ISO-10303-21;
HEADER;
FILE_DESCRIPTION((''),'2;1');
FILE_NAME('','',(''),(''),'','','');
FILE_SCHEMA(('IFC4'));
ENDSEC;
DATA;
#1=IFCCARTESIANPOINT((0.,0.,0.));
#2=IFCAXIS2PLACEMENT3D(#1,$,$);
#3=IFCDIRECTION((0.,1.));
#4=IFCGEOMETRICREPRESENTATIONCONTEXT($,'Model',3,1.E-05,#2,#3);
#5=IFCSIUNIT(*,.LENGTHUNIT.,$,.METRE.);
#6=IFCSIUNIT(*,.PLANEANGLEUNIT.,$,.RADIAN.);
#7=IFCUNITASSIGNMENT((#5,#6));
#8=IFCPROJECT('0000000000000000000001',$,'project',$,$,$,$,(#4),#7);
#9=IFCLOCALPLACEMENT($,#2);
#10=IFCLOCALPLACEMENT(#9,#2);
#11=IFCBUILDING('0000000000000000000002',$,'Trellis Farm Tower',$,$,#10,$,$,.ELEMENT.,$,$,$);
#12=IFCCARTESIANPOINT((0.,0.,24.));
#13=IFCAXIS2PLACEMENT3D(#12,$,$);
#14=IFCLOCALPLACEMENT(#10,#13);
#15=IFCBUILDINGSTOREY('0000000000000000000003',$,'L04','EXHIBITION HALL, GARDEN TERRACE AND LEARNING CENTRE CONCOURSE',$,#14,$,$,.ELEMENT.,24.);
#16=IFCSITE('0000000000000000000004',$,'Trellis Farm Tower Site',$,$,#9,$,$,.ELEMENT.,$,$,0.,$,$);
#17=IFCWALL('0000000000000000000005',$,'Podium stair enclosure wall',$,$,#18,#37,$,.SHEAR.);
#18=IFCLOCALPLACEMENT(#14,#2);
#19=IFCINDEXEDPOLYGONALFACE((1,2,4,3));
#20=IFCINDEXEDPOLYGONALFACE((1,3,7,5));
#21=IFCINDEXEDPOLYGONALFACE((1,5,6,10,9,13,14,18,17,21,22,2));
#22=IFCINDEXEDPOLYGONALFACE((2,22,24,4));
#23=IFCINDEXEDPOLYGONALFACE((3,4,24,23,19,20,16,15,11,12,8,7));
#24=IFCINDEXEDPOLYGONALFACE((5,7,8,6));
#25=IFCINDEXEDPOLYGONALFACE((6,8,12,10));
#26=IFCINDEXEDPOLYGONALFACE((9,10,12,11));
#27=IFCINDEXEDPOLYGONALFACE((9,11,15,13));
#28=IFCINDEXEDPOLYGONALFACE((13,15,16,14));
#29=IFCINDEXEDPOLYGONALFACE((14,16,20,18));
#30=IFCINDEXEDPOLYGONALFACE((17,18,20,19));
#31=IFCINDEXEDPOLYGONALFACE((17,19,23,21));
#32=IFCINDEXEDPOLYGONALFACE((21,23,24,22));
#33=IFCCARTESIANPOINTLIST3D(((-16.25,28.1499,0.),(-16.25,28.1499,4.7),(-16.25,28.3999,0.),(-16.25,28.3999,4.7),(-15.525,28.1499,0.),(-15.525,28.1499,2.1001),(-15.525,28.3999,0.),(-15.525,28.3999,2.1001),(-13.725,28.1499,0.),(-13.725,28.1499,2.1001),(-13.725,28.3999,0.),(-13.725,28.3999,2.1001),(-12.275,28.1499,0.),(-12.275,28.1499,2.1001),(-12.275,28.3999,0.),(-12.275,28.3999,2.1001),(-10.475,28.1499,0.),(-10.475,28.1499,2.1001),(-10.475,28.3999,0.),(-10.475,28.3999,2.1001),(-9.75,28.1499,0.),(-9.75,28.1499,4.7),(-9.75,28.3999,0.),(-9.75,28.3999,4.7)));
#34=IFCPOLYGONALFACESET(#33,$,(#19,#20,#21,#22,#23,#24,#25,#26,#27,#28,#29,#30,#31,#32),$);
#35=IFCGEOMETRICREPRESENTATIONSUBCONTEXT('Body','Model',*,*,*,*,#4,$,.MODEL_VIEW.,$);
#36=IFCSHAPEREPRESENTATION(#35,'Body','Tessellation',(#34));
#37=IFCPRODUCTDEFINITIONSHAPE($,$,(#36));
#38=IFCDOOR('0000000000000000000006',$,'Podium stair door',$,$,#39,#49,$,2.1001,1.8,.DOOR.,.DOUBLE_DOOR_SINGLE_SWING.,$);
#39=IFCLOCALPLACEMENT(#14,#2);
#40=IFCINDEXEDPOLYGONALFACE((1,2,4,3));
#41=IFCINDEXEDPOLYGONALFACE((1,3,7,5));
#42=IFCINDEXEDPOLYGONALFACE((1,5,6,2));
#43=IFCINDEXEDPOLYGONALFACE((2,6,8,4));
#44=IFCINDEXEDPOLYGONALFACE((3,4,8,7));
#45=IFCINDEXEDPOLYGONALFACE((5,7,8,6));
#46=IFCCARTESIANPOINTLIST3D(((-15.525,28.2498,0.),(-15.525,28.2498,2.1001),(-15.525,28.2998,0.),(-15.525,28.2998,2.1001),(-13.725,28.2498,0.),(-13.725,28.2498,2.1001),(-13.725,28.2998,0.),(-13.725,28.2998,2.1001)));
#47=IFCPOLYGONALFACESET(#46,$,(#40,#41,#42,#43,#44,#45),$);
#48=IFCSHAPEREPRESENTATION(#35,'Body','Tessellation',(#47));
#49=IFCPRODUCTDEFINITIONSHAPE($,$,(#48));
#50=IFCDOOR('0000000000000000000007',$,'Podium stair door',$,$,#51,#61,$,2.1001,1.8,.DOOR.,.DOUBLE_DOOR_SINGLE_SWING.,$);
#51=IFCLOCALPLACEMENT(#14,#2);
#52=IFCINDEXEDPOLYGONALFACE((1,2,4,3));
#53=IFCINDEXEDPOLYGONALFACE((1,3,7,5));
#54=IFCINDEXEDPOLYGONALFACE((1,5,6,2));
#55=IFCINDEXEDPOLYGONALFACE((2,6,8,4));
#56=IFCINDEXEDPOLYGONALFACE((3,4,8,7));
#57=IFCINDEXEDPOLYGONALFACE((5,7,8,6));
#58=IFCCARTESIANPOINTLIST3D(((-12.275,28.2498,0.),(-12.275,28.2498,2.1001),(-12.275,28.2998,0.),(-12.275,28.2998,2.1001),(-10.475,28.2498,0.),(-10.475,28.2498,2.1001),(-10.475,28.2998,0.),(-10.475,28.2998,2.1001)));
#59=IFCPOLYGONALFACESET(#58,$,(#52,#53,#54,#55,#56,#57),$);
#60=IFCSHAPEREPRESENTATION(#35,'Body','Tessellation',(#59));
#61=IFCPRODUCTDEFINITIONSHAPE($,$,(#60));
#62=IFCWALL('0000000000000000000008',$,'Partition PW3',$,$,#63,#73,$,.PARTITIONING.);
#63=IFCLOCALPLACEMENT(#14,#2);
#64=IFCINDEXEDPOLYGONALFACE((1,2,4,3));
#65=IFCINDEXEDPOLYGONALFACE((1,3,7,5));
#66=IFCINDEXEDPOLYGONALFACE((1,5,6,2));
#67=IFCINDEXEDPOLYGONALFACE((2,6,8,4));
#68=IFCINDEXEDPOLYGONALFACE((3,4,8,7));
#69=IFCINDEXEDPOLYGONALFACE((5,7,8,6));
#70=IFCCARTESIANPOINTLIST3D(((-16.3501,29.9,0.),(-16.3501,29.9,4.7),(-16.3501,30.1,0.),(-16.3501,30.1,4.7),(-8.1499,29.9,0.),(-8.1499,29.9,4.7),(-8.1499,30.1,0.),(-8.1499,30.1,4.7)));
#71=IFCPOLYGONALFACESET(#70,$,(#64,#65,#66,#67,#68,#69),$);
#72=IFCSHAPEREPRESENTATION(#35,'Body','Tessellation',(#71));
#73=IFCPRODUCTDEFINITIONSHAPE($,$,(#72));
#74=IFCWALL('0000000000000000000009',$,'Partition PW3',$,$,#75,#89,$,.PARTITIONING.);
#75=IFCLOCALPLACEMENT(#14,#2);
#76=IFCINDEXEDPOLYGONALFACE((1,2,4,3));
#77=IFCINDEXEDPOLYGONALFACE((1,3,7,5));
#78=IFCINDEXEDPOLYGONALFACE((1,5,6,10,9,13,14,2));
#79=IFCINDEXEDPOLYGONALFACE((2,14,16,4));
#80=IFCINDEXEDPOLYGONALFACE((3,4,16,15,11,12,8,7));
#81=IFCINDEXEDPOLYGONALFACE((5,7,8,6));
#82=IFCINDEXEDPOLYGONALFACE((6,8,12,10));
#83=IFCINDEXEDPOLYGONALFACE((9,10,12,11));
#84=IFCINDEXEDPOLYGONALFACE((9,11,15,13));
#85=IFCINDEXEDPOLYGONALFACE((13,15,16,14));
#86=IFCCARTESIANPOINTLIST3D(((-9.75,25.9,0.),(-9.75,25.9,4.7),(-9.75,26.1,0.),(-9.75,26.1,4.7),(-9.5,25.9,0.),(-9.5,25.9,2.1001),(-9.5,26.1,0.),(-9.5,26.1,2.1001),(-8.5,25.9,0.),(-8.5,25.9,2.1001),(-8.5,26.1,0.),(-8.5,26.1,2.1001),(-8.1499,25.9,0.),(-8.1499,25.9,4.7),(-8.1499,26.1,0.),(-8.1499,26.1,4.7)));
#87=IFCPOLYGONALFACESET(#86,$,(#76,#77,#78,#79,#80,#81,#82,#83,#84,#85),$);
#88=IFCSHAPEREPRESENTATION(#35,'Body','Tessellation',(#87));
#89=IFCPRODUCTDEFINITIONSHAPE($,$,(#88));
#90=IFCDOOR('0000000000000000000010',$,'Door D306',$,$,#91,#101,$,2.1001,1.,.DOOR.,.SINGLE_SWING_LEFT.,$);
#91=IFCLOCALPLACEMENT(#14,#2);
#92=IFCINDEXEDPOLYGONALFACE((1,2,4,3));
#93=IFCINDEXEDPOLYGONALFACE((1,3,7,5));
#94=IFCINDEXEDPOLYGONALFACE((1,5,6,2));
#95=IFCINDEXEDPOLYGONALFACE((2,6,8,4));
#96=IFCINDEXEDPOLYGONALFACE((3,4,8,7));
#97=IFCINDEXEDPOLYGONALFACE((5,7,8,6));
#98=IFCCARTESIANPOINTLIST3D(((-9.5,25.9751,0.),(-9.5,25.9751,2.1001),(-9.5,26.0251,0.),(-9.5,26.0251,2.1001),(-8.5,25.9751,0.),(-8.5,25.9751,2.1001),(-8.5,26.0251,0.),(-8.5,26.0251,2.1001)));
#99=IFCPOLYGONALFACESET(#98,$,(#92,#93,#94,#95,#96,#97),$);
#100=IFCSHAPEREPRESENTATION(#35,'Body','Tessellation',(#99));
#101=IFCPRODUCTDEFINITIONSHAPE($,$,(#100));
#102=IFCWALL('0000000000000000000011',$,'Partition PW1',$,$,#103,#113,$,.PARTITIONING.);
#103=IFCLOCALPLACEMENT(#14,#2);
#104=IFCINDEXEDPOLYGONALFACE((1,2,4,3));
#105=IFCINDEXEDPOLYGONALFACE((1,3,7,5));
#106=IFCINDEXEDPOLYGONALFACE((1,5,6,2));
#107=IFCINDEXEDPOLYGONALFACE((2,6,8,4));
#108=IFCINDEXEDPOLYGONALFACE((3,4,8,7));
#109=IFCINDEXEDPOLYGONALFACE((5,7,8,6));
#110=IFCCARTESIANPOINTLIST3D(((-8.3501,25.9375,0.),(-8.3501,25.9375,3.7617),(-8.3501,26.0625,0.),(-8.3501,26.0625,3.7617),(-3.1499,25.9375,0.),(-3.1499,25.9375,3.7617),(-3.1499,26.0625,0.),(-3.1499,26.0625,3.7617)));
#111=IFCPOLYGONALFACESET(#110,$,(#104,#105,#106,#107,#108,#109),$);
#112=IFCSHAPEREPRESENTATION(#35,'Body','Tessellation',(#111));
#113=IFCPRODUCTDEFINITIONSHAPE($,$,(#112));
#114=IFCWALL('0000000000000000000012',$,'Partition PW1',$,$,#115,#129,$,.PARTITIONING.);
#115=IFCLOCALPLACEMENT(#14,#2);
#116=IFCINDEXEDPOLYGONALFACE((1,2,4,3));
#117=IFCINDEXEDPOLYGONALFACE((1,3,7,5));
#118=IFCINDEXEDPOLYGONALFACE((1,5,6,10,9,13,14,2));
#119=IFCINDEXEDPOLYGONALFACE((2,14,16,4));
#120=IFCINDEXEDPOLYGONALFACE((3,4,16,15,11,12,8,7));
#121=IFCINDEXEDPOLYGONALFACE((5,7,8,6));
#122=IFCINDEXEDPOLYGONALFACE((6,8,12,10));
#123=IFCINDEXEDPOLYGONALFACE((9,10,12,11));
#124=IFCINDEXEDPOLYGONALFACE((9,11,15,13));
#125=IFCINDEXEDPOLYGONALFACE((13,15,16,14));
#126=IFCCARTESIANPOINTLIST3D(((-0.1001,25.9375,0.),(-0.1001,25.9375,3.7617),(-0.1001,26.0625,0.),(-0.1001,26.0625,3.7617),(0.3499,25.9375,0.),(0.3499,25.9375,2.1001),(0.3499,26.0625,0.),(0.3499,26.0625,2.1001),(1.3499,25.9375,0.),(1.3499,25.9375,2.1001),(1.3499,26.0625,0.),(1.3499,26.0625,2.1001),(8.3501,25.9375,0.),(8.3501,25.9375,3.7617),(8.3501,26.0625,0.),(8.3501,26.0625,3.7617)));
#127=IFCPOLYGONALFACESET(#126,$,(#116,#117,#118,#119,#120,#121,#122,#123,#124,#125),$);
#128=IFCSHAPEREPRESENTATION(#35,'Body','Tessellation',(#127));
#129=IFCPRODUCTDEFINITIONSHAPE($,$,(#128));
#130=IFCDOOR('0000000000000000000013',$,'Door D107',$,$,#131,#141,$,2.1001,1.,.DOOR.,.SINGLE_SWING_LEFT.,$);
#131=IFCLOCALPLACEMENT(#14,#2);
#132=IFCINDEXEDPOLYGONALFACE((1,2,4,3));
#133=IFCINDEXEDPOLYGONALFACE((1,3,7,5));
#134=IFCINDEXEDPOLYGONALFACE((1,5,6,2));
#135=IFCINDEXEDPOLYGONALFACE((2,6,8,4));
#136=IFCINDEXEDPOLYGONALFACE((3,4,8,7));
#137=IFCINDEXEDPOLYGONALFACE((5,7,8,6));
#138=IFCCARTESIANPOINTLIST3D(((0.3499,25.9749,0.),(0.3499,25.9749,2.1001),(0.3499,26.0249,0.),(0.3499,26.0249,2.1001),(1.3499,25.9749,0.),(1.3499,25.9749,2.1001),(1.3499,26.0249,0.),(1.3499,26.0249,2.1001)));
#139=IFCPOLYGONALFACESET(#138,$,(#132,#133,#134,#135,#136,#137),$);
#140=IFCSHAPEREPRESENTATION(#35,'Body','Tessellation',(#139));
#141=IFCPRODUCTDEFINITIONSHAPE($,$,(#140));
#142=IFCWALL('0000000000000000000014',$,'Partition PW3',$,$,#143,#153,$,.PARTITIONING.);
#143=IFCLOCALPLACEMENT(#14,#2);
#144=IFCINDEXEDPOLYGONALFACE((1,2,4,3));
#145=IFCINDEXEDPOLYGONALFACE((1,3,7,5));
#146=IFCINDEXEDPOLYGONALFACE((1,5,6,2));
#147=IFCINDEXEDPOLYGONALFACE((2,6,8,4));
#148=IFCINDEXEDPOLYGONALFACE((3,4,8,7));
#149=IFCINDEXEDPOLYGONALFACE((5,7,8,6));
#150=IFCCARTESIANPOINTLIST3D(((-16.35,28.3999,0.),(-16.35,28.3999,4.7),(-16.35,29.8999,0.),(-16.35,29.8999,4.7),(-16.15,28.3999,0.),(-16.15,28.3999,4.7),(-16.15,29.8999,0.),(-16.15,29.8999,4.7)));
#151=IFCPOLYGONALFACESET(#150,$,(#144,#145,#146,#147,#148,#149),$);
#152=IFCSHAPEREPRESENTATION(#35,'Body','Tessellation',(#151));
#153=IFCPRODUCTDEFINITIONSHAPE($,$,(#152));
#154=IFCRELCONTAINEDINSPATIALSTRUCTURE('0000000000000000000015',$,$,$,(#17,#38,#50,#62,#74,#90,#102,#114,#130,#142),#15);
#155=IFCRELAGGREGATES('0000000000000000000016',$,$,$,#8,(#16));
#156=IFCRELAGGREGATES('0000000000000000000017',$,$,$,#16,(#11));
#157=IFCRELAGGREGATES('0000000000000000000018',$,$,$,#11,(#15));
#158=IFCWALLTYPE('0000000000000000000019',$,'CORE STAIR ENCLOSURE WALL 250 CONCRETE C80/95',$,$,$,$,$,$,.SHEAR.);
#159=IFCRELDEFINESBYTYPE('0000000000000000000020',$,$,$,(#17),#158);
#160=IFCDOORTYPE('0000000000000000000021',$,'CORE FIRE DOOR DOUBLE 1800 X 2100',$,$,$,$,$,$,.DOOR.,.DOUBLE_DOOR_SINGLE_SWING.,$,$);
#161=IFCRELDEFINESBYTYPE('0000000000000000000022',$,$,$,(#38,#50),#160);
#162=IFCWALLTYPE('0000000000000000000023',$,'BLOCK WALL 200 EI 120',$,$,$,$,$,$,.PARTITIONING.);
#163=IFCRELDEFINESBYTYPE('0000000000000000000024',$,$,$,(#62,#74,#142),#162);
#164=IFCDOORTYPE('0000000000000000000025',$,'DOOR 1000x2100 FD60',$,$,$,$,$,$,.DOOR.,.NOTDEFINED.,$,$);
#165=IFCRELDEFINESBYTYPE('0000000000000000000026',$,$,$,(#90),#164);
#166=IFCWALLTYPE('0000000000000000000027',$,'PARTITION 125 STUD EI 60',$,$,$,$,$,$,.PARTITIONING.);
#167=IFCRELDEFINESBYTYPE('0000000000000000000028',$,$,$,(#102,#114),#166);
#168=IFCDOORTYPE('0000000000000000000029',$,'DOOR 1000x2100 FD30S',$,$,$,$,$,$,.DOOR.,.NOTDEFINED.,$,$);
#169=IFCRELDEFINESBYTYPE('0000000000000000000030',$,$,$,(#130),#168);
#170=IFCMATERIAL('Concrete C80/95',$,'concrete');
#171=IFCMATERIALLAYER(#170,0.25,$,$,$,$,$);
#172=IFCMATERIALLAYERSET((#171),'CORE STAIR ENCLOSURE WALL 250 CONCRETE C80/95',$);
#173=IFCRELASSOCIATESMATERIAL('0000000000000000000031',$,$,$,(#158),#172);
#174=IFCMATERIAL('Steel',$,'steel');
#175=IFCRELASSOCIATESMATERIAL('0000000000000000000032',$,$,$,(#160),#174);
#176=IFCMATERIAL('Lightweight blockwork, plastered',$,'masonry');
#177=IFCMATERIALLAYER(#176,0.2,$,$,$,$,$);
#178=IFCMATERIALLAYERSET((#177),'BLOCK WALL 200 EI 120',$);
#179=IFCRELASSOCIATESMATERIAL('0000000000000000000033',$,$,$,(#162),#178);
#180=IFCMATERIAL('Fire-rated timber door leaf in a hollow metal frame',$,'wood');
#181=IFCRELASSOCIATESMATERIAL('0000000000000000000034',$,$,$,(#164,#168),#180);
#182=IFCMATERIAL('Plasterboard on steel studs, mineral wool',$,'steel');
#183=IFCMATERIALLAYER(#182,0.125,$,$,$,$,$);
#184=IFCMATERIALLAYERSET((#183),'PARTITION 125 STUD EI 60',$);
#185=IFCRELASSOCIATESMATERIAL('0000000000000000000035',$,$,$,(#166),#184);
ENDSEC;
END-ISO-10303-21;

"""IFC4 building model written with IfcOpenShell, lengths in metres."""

from ifc_helpers import new_model, si_unit, direction, frame, frame_2d, origin, place, context, subcontext, project, spatial, rectangle, extrude, source, transform, mapped, material, layer, layer_set, type_object, element, fill, save


model = new_model("IFC4")

# Units and contexts
model_context = context("Model", 3, precision=1e-05, world=origin(), true_north=direction((0.0, 1.0)))
body_context = subcontext(model_context, "Body", "Model", "MODEL_VIEW")
ifc_project = project(units=[si_unit("LENGTHUNIT", "METRE"), si_unit("PLANEANGLEUNIT", "RADIAN")], contexts=[model_context])

# Site, building, storey
site_placement = place(None, origin())
site = spatial("IfcSite", under=ifc_project, at=site_placement, Name="Trellis Farm Tower Site", CompositionType="ELEMENT", RefElevation=0.0)
building_placement = place(site_placement, origin())
building = spatial("IfcBuilding", under=site, at=building_placement, Name="Trellis Farm Tower", CompositionType="ELEMENT")
storey_placement = place(building_placement, frame((0.0, 0.0, 24.0)))
storey = spatial("IfcBuildingStorey", under=building, at=storey_placement, Name="L04", Description="EXHIBITION HALL, GARDEN TERRACE AND LEARNING CENTRE CONCOURSE", CompositionType="ELEMENT", Elevation=24.0)

# Shared definitions
ifc_material_1 = material(Name="Concrete C80/95", Category="concrete")

# Wall, openings, doors
ifc_layer_1 = layer(ifc_material_1, 0.25)
ifc_layer_set_1 = layer_set([ifc_layer_1], Name="CORE STAIR ENCLOSURE WALL 250 CONCRETE C80/95")
wall_type_1 = type_object("IfcWallType", Name="CORE STAIR ENCLOSURE WALL 250 CONCRETE C80/95", PredefinedType="SHEAR", material=ifc_layer_set_1)
shared_shape_1 = source(origin(), body_context, "Body", "SweptSolid", [
    extrude(rectangle(XDim=6.5, YDim=0.25, at=frame_2d((3.25, 0.0))), origin(), (0.0, 0.0, 1.0), 4.7),
])
wall_1_placement = place(storey_placement, frame((-16.25, 28.2749, 0.0), z_axis=(0.0, 0.0, 1.0), x_axis=(1.0, 0.0, 0.0)))
wall_1 = element("IfcWall", 1, at=wall_1_placement, inside=storey, type_object=wall_type_1, Name="Podium stair enclosure wall", PredefinedType="SHEAR", context=body_context, shape_type="MappedRepresentation", body=[
    mapped(shared_shape_1, transform((0.0, 0.0, 0.0))),
])
shared_shape_2 = source(origin(), body_context, "Body", "SweptSolid", [
    extrude(rectangle(XDim=1.8, YDim=2.1001, at=frame_2d((0.8999, 1.05))), frame((0.0, 0.135, 0.0), z_axis=(0.0, -1.0, 0.0), x_axis=(1.0, 0.0, 0.0)), (0.0, 0.0, 1.0), 0.27),
])
opening_1_placement = place(wall_1_placement, frame((0.7251, 0.0, 0.0)))
opening_1 = element("IfcOpeningElement", 2, at=opening_1_placement, cuts=wall_1, PredefinedType="OPENING", context=body_context, shape_type="MappedRepresentation", body=[
    mapped(shared_shape_2, transform((0.0, 0.0, 0.0))),
])
opening_2_placement = place(wall_1_placement, frame((3.9751, 0.0, 0.0)))
opening_2 = element("IfcOpeningElement", 3, at=opening_2_placement, cuts=wall_1, PredefinedType="OPENING", context=body_context, shape_type="MappedRepresentation", body=[
    mapped(shared_shape_2, transform((0.0, 0.0, 0.0))),
])
ifc_material_2 = material(Name="Steel", Category="steel")
door_type_1 = type_object("IfcDoorType", Name="CORE FIRE DOOR DOUBLE 1800 X 2100", OperationType="DOUBLE_DOOR_SINGLE_SWING", PredefinedType="DOOR", material=ifc_material_2)
shared_shape_3 = source(origin(), body_context, "Body", "SweptSolid", [
    extrude(rectangle(XDim=1.8, YDim=2.1001, at=frame_2d((0.8999, 1.05))), frame((0.0, 0.0249, 0.0), z_axis=(0.0, -1.0, 0.0), x_axis=(1.0, 0.0, 0.0)), (0.0, 0.0, 1.0), 0.05),
])
door_1_placement = place(opening_1_placement, origin())
door_1 = element("IfcDoor", 4, at=door_1_placement, inside=storey, type_object=door_type_1, Name="Podium stair door", OperationType="DOUBLE_DOOR_SINGLE_SWING", OverallHeight=2.1001, OverallWidth=1.8, PredefinedType="DOOR", context=body_context, shape_type="MappedRepresentation", body=[
    mapped(shared_shape_3, transform((0.0, 0.0, 0.0))),
])
fill(opening_1, door_1)
door_2_placement = place(opening_2_placement, origin())
door_2 = element("IfcDoor", 5, at=door_2_placement, inside=storey, type_object=door_type_1, Name="Podium stair door", OperationType="DOUBLE_DOOR_SINGLE_SWING", OverallHeight=2.1001, OverallWidth=1.8, PredefinedType="DOOR", context=body_context, shape_type="MappedRepresentation", body=[
    mapped(shared_shape_3, transform((0.0, 0.0, 0.0))),
])
fill(opening_2, door_2)

# Wall
ifc_material_3 = material(Name="Lightweight blockwork, plastered", Category="masonry")
ifc_layer_2 = layer(ifc_material_3, 0.2)
ifc_layer_set_2 = layer_set([ifc_layer_2], Name="BLOCK WALL 200 EI 120")
wall_type_2 = type_object("IfcWallType", Name="BLOCK WALL 200 EI 120", PredefinedType="PARTITIONING", material=ifc_layer_set_2)
shared_shape_4 = source(origin(), body_context, "Body", "SweptSolid", [
    extrude(rectangle(XDim=8.2002, YDim=0.2, at=frame_2d((4.1001, 0.0))), origin(), (0.0, 0.0, 1.0), 4.7),
])
wall_2_placement = place(storey_placement, frame((-8.1499, 30.0, 0.0), z_axis=(0.0, 0.0, 1.0), x_axis=(-1.0, 0.0, 0.0)))
element("IfcWall", 6, at=wall_2_placement, inside=storey, type_object=wall_type_2, Name="Partition PW3", PredefinedType="PARTITIONING", context=body_context, shape_type="MappedRepresentation", body=[
    mapped(shared_shape_4, transform((0.0, 0.0, 0.0))),
])

# Wall, opening, door
shared_shape_5 = source(origin(), body_context, "Body", "SweptSolid", [
    extrude(rectangle(XDim=1.6001, YDim=0.2, at=frame_2d((0.8, 0.0))), origin(), (0.0, 0.0, 1.0), 4.7),
])
wall_3_placement = place(storey_placement, frame((-8.1499, 26.0, 0.0), z_axis=(0.0, 0.0, 1.0), x_axis=(-1.0, 0.0, 0.0)))
wall_3 = element("IfcWall", 7, at=wall_3_placement, inside=storey, type_object=wall_type_2, Name="Partition PW3", PredefinedType="PARTITIONING", context=body_context, shape_type="MappedRepresentation", body=[
    mapped(shared_shape_5, transform((0.0, 0.0, 0.0))),
])
shared_shape_6 = source(origin(), body_context, "Body", "SweptSolid", [
    extrude(rectangle(XDim=1.0, YDim=2.1001, at=frame_2d((0.5, 1.05))), frame((0.0, 0.1101, 0.0), z_axis=(0.0, -1.0, 0.0), x_axis=(1.0, 0.0, 0.0)), (0.0, 0.0, 1.0), 0.2202),
])
opening_3_placement = place(wall_3_placement, frame((0.3501, 0.0, 0.0)))
opening_3 = element("IfcOpeningElement", 8, at=opening_3_placement, cuts=wall_3, PredefinedType="OPENING", context=body_context, shape_type="MappedRepresentation", body=[
    mapped(shared_shape_6, transform((0.0, 0.0, 0.0))),
])
ifc_material_4 = material(Name="Fire-rated timber door leaf in a hollow metal frame", Category="wood")
door_type_2 = type_object("IfcDoorType", Name="DOOR 1000x2100 FD60", OperationType="NOTDEFINED", PredefinedType="DOOR", material=ifc_material_4)
shared_shape_7 = source(origin(), body_context, "Body", "SweptSolid", [
    extrude(rectangle(XDim=1.0, YDim=2.1001, at=frame_2d((0.5, 1.05))), frame((0.0, 0.0249, 0.0), z_axis=(0.0, -1.0, 0.0), x_axis=(1.0, 0.0, 0.0)), (0.0, 0.0, 1.0), 0.05),
])
door_3_placement = place(opening_3_placement, origin())
door_3 = element("IfcDoor", 9, at=door_3_placement, inside=storey, type_object=door_type_2, Name="Door D306", OperationType="SINGLE_SWING_LEFT", OverallHeight=2.1001, OverallWidth=1.0, PredefinedType="DOOR", context=body_context, shape_type="MappedRepresentation", body=[
    mapped(shared_shape_7, transform((0.0, 0.0, 0.0))),
])
fill(opening_3, door_3)

# Wall
ifc_material_5 = material(Name="Plasterboard on steel studs, mineral wool", Category="steel")
ifc_layer_3 = layer(ifc_material_5, 0.125)
ifc_layer_set_3 = layer_set([ifc_layer_3], Name="PARTITION 125 STUD EI 60")
wall_type_3 = type_object("IfcWallType", Name="PARTITION 125 STUD EI 60", PredefinedType="PARTITIONING", material=ifc_layer_set_3)
shared_shape_8 = source(origin(), body_context, "Body", "SweptSolid", [
    extrude(rectangle(XDim=5.2002, YDim=0.125, at=frame_2d((2.6001, 0.0))), origin(), (0.0, 0.0, 1.0), 3.7617),
])
wall_4_placement = place(storey_placement, frame((-8.3501, 26.0, 0.0), z_axis=(0.0, 0.0, 1.0), x_axis=(1.0, 0.0, 0.0)))
element("IfcWall", 10, at=wall_4_placement, inside=storey, type_object=wall_type_3, Name="Partition PW1", PredefinedType="PARTITIONING", context=body_context, shape_type="MappedRepresentation", body=[
    mapped(shared_shape_8, transform((0.0, 0.0, 0.0))),
])

# Wall, opening, door
shared_shape_9 = source(origin(), body_context, "Body", "SweptSolid", [
    extrude(rectangle(XDim=8.4502, YDim=0.125, at=frame_2d((4.2251, 0.0))), origin(), (0.0, 0.0, 1.0), 3.7617),
])
wall_5_placement = place(storey_placement, frame((-0.1001, 26.0, 0.0), z_axis=(0.0, 0.0, 1.0), x_axis=(1.0, 0.0, 0.0)))
wall_5 = element("IfcWall", 11, at=wall_5_placement, inside=storey, type_object=wall_type_3, Name="Partition PW1", PredefinedType="PARTITIONING", context=body_context, shape_type="MappedRepresentation", body=[
    mapped(shared_shape_9, transform((0.0, 0.0, 0.0))),
])
shared_shape_10 = source(origin(), body_context, "Body", "SweptSolid", [
    extrude(rectangle(XDim=1.0, YDim=2.1001, at=frame_2d((0.5, 1.05))), frame((0.0, 0.0725, 0.0), z_axis=(0.0, -1.0, 0.0), x_axis=(1.0, 0.0, 0.0)), (0.0, 0.0, 1.0), 0.145),
])
opening_4_placement = place(wall_5_placement, frame((0.45, 0.0, 0.0)))
opening_4 = element("IfcOpeningElement", 12, at=opening_4_placement, cuts=wall_5, PredefinedType="OPENING", context=body_context, shape_type="MappedRepresentation", body=[
    mapped(shared_shape_10, transform((0.0, 0.0, 0.0))),
])
door_type_3 = type_object("IfcDoorType", Name="DOOR 1000x2100 FD30S", OperationType="NOTDEFINED", PredefinedType="DOOR", material=ifc_material_4)
door_4_placement = place(opening_4_placement, origin())
door_4 = element("IfcDoor", 13, at=door_4_placement, inside=storey, type_object=door_type_3, Name="Door D107", OperationType="SINGLE_SWING_LEFT", OverallHeight=2.1001, OverallWidth=1.0, PredefinedType="DOOR", context=body_context, shape_type="MappedRepresentation", body=[
    mapped(shared_shape_7, transform((0.0, 0.0, 0.0))),
])
fill(opening_4, door_4)

# Wall
shared_shape_11 = source(origin(), body_context, "Body", "SweptSolid", [
    extrude(rectangle(XDim=1.5, YDim=0.2, at=frame_2d((0.75, 0.0))), origin(), (0.0, 0.0, 1.0), 4.7),
])
wall_6_placement = place(storey_placement, frame((-16.25, 28.3999, 0.0), z_axis=(0.0, 0.0, 1.0), x_axis=(0.0, 1.0, 0.0)))
element("IfcWall", 14, at=wall_6_placement, inside=storey, type_object=wall_type_2, Name="Partition PW3", PredefinedType="PARTITIONING", context=body_context, shape_type="MappedRepresentation", body=[
    mapped(shared_shape_11, transform((0.0, 0.0, 0.0))),
])

save(model, "model.ifc")
